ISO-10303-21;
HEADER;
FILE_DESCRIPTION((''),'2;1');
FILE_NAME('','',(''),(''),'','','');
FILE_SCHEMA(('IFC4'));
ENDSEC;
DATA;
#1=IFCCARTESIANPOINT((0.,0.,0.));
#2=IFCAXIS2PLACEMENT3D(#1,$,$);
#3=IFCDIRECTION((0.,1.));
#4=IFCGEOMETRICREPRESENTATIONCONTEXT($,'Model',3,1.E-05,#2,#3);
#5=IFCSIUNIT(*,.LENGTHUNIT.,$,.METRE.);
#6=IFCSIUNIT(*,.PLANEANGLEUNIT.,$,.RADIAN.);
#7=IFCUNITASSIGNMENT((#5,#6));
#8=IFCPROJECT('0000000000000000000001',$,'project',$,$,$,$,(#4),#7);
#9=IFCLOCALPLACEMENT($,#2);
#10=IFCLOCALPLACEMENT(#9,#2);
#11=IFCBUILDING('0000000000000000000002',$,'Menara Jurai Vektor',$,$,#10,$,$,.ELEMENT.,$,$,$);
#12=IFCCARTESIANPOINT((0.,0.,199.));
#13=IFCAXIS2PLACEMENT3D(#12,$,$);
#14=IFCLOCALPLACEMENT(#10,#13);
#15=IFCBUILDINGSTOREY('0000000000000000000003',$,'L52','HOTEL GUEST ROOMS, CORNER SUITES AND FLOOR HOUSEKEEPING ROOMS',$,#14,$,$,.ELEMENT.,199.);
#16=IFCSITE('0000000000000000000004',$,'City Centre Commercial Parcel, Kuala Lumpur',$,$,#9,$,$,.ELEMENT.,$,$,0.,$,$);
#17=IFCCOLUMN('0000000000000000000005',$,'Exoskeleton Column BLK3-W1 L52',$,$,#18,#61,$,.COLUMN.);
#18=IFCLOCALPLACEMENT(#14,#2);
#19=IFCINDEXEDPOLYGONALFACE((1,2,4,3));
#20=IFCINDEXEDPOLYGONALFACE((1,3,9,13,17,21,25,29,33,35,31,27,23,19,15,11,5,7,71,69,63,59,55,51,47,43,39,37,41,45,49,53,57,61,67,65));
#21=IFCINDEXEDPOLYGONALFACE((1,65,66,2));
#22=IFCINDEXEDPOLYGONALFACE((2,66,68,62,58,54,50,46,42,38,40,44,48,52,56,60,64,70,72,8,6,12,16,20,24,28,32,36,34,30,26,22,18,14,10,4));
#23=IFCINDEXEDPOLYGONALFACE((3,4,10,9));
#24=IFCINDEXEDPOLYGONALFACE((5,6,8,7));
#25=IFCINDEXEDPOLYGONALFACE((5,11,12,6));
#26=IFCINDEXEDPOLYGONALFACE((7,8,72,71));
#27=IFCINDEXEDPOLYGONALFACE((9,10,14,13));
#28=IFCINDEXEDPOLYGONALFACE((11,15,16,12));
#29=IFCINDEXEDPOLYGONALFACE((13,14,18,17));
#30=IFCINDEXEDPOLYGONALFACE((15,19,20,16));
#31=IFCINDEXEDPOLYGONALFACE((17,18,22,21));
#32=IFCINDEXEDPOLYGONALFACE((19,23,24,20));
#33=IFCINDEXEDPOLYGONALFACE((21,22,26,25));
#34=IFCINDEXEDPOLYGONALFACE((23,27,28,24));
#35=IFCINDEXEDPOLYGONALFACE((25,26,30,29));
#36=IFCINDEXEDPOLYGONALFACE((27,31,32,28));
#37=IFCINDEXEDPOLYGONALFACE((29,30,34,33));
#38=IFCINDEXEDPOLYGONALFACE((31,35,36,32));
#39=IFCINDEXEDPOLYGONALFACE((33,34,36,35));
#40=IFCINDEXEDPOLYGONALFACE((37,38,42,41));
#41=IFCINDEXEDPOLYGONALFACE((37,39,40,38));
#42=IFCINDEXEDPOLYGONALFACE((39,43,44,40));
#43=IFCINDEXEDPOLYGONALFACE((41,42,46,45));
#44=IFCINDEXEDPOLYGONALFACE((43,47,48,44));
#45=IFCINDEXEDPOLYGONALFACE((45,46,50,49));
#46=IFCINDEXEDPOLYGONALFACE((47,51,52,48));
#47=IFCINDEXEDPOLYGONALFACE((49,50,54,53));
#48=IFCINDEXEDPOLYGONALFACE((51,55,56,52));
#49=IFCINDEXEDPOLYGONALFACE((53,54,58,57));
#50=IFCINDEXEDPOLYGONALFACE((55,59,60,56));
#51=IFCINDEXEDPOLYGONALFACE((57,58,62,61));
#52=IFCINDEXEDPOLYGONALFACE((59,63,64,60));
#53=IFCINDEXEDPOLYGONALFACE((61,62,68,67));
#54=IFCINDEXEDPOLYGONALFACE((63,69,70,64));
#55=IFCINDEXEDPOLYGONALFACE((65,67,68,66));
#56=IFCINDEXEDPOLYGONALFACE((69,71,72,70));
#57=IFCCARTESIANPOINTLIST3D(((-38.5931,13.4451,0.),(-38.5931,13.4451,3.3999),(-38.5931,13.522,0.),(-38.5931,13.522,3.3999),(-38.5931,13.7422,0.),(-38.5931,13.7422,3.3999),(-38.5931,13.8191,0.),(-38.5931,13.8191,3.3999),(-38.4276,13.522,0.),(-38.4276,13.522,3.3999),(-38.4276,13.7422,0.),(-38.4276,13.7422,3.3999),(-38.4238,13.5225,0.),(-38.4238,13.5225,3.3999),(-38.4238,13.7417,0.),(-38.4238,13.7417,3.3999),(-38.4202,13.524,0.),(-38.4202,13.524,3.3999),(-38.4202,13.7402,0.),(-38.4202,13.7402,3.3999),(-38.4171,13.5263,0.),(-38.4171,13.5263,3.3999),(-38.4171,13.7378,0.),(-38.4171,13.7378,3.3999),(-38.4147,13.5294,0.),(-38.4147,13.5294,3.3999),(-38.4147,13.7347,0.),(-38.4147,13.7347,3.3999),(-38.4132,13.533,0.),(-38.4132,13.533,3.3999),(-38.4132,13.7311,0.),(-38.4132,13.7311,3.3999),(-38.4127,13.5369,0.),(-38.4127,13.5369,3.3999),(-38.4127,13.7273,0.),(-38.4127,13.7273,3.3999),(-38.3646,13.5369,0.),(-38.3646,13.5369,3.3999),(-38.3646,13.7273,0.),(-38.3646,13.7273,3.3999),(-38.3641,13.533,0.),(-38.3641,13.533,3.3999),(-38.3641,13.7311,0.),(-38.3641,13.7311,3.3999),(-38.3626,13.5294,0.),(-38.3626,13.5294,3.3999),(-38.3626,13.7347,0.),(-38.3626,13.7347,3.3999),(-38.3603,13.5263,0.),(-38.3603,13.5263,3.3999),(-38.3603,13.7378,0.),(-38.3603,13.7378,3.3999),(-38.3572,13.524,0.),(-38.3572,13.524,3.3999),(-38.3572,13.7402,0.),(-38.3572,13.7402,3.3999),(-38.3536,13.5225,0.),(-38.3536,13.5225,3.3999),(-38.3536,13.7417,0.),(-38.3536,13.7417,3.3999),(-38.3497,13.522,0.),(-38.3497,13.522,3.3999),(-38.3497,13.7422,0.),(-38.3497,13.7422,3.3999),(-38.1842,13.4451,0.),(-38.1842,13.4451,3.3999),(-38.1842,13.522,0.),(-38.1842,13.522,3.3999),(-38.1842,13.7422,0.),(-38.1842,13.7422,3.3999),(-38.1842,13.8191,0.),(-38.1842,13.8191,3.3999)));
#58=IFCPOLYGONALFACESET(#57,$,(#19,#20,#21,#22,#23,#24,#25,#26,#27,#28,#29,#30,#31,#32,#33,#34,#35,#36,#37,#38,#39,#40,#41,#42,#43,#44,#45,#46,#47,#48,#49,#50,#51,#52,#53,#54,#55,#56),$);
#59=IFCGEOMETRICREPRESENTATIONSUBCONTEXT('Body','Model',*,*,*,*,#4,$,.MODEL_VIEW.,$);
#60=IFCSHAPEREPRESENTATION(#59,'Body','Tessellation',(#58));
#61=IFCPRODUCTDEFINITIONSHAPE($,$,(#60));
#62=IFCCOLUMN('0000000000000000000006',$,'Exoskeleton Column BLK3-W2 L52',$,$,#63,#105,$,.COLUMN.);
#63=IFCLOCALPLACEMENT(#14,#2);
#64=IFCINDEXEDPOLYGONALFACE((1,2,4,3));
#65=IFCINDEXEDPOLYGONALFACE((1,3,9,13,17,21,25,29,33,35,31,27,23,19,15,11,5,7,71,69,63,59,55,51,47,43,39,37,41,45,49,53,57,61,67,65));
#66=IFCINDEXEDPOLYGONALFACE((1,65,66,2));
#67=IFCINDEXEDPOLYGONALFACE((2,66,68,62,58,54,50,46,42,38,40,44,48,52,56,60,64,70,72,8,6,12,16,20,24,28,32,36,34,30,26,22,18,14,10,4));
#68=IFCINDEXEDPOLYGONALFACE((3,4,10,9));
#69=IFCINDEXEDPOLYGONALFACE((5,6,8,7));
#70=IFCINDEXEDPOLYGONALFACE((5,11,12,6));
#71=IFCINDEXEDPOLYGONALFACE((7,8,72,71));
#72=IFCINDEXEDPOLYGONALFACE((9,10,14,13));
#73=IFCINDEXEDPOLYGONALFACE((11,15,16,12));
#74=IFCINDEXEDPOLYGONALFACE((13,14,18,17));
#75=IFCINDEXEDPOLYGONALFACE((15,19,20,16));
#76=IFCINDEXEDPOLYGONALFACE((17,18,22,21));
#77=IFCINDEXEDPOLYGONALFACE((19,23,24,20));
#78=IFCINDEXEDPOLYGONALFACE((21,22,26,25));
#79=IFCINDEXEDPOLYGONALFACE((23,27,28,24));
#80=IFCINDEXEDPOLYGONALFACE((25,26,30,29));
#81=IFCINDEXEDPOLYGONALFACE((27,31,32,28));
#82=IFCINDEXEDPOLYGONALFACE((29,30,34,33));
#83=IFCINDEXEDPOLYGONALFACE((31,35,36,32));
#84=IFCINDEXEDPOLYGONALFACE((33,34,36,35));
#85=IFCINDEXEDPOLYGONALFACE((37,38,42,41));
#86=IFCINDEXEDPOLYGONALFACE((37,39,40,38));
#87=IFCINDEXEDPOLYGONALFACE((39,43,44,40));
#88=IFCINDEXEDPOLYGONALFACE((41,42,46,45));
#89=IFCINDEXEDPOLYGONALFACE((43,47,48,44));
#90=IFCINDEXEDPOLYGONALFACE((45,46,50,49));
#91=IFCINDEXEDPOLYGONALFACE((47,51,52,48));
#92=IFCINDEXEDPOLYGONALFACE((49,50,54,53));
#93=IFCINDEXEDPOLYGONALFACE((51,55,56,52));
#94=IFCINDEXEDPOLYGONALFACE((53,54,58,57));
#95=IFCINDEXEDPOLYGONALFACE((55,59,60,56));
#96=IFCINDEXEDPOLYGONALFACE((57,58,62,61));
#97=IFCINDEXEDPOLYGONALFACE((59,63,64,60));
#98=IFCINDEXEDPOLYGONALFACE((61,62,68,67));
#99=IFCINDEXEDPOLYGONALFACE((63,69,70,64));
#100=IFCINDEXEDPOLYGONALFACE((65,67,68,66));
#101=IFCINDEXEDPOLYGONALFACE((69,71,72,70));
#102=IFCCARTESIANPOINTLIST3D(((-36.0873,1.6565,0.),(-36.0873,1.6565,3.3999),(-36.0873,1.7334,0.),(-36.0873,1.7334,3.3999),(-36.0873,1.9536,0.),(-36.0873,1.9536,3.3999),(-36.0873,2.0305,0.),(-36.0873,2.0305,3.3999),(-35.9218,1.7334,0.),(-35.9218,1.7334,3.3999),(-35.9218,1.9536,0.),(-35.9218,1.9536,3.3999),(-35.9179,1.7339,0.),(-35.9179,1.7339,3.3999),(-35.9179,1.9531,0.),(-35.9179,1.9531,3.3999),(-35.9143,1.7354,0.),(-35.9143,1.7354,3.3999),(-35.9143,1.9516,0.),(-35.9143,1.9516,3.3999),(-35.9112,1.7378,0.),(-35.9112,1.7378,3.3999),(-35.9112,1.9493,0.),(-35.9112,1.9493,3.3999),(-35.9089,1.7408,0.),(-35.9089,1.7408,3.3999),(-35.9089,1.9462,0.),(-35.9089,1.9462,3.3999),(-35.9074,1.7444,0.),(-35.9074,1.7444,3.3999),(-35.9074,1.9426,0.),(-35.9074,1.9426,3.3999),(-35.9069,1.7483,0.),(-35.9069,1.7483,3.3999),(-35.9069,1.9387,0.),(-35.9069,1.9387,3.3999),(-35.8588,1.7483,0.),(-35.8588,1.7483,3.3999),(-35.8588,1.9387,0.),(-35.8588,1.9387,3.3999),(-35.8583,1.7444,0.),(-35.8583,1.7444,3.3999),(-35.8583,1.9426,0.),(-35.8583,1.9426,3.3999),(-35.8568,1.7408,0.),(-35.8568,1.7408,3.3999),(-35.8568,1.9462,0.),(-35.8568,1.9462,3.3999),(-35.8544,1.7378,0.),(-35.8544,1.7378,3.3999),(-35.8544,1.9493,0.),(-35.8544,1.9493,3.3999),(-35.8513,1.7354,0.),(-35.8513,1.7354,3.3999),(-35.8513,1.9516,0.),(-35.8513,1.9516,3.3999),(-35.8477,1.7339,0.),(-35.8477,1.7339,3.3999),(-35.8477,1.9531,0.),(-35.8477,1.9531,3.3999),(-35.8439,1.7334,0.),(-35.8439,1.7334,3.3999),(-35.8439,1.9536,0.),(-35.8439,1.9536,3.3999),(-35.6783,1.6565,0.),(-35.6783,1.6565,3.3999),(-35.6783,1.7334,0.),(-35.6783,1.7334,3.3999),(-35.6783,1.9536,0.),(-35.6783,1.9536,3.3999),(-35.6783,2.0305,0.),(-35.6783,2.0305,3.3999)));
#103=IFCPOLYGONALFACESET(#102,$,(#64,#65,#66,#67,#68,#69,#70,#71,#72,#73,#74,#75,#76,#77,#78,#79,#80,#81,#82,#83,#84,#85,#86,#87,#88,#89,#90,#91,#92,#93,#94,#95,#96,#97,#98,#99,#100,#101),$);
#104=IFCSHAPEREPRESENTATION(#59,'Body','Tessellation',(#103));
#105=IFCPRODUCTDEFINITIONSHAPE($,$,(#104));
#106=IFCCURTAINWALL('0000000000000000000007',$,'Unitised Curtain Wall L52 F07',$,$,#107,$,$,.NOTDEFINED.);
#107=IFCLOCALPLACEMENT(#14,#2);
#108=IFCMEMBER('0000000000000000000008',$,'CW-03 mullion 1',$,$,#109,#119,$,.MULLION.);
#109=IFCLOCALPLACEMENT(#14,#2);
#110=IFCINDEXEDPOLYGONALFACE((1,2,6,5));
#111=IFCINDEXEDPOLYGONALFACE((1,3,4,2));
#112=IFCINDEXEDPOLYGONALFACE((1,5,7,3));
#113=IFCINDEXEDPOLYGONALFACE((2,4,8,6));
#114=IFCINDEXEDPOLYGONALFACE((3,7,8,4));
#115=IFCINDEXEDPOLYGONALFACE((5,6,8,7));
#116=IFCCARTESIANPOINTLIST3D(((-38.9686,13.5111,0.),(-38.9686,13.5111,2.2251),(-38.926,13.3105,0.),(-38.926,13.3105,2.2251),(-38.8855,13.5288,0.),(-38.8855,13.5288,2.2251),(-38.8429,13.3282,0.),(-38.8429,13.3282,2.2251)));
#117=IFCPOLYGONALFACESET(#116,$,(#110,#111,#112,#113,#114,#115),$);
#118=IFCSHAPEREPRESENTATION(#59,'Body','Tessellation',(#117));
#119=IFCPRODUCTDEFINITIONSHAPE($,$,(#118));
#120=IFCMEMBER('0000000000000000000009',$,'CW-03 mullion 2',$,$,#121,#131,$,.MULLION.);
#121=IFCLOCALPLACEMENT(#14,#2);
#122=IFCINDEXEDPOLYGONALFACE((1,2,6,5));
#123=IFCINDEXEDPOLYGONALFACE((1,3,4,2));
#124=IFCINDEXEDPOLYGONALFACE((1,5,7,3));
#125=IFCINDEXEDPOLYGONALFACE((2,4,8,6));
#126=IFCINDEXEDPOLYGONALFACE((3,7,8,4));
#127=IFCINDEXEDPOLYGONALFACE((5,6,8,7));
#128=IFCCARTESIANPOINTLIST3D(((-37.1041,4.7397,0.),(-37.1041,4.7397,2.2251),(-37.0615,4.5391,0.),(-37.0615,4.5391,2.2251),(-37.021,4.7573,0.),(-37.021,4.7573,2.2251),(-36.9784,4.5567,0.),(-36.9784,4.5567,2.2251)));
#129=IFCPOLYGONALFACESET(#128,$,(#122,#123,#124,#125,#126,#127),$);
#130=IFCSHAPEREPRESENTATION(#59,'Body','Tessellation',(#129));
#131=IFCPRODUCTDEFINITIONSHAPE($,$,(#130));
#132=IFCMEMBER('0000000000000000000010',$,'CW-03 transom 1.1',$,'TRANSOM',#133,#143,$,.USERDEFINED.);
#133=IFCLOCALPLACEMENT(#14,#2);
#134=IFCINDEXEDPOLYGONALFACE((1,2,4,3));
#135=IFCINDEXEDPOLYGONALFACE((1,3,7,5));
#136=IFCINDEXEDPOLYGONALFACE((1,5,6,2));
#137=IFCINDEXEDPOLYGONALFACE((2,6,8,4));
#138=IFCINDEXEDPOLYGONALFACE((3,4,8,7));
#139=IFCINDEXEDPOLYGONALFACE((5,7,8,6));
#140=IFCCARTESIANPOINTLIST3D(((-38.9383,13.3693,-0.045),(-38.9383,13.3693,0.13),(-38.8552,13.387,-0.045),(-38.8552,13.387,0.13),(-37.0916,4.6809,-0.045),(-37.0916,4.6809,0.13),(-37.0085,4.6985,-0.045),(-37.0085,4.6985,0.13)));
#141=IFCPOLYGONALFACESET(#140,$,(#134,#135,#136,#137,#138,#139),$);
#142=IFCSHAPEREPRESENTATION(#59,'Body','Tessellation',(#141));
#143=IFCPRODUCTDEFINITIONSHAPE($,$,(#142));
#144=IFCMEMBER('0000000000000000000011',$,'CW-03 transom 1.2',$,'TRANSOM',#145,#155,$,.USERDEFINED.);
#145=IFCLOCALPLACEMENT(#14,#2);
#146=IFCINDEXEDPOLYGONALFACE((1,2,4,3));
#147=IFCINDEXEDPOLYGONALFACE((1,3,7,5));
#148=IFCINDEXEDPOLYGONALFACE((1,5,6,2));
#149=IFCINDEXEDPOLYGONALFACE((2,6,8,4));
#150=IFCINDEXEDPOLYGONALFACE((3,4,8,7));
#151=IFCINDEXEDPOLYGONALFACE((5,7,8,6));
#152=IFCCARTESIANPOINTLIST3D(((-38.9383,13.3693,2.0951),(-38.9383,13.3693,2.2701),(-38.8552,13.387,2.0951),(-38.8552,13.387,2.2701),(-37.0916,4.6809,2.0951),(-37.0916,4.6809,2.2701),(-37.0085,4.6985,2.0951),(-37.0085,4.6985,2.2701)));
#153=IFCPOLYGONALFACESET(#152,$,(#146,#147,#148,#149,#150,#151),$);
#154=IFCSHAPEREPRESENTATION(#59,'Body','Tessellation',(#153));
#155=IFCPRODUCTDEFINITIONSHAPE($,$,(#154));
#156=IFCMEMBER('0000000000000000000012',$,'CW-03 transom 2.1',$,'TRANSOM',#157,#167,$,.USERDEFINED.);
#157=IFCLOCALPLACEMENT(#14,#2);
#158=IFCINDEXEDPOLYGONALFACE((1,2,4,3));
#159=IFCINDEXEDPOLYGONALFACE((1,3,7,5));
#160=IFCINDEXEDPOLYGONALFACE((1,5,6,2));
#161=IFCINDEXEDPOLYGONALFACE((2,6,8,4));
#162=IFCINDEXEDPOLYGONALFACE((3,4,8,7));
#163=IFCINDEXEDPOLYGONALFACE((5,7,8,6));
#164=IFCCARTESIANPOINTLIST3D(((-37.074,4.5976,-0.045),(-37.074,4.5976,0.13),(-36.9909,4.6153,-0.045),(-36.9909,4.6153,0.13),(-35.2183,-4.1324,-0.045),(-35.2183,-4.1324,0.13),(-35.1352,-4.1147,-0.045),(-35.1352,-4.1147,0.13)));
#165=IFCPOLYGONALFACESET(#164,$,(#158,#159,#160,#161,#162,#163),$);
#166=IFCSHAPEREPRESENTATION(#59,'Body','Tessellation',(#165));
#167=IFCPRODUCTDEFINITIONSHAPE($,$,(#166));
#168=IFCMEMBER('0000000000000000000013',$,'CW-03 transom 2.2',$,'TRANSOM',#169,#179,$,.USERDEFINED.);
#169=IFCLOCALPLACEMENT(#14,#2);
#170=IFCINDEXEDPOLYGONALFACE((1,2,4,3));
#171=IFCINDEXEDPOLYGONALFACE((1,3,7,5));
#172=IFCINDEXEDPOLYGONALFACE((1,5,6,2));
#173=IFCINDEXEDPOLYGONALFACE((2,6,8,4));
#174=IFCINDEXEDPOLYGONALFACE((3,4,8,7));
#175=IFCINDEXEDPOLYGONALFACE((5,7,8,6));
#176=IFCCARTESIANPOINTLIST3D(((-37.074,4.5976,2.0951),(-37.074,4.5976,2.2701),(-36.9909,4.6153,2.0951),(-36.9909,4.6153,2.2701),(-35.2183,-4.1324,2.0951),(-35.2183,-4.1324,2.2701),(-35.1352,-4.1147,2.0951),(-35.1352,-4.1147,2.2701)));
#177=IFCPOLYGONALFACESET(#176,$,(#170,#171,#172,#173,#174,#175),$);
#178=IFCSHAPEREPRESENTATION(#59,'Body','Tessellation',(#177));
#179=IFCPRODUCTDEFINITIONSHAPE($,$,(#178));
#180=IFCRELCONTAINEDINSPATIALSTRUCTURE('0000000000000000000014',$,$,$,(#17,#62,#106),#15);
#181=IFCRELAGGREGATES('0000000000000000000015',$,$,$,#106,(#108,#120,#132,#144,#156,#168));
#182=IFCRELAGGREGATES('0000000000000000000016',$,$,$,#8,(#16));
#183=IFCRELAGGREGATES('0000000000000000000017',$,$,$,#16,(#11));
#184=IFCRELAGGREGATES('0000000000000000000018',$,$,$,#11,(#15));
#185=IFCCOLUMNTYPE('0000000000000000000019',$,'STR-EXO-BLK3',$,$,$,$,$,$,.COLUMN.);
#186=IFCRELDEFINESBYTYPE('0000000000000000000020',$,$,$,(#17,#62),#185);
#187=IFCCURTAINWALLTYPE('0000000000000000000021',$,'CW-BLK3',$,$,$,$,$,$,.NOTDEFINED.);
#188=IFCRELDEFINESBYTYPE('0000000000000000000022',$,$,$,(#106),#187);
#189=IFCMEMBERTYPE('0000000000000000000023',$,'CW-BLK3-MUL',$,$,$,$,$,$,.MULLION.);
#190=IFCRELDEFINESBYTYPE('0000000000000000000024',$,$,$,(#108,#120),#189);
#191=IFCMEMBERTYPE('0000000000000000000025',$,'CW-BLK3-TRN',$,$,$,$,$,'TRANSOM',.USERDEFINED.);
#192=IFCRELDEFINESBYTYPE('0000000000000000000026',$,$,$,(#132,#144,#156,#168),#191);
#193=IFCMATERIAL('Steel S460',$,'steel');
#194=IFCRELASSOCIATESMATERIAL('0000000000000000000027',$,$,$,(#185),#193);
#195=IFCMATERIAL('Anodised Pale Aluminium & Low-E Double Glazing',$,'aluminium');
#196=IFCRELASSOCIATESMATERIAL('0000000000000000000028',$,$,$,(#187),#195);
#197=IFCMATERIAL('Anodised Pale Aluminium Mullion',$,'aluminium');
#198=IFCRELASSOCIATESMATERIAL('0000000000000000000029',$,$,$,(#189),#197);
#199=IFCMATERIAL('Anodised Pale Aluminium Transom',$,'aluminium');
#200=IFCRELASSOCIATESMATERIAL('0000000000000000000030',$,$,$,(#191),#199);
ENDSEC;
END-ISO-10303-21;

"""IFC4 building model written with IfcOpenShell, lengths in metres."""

from ifc_helpers import new_model, si_unit, direction, frame, origin, origin_2d, place, context, subcontext, project, spatial, rectangle, i_section, extrude, material, material_profile, profile_set, type_object, element, aggregate, save


model = new_model("IFC4")

# Units and contexts
model_context = context("Model", 3, precision=1e-05, world=origin(), true_north=direction((0.0, 1.0)))
body_context = subcontext(model_context, "Body", "Model", "MODEL_VIEW")
ifc_project = project(units=[si_unit("LENGTHUNIT", "METRE"), si_unit("PLANEANGLEUNIT", "RADIAN")], contexts=[model_context])

# Site, building, storey
site_placement = place(None, origin())
site = spatial("IfcSite", under=ifc_project, at=site_placement, Name="City Centre Commercial Parcel, Kuala Lumpur", CompositionType="ELEMENT", RefElevation=0.0)
building_placement = place(site_placement, origin())
building = spatial("IfcBuilding", under=site, at=building_placement, Name="Menara Jurai Vektor", CompositionType="ELEMENT")
storey_placement = place(building_placement, frame((0.0, 0.0, 199.0)))
storey = spatial("IfcBuildingStorey", under=building, at=storey_placement, Name="L52", Description="HOTEL GUEST ROOMS, CORNER SUITES AND FLOOR HOUSEKEEPING ROOMS", CompositionType="ELEMENT", Elevation=199.0)

# Columns
ifc_material_1 = material(Name="Steel S460", Category="steel")
ifc_material_profile_1 = material_profile(ifc_material_1, i_section(OverallWidth=0.4089, OverallDepth=0.374, WebThickness=0.0481, FlangeThickness=0.0769, FilletRadius=0.0149, at=origin_2d()), Name="HD 400x634")
ifc_profile_set_1 = profile_set([ifc_material_profile_1], Name="Steel S460")
column_type = type_object("IfcColumnType", Name="STR-EXO-BLK3", PredefinedType="COLUMN", material=ifc_profile_set_1)
for number, where, z_axis, x_axis, name in (
    (1, (-38.3887, 13.6321, 0.0), (0.0, 0.0, 1.0), (1.0, 0.0, 0.0), "Exoskeleton Column BLK3-W1 L52"),
    (2, (-35.8828, 1.8435, 0.0), (0.0, 0.0, 1.0), (1.0, 0.0, 0.0), "Exoskeleton Column BLK3-W2 L52"),
):
    element("IfcColumn", number, at=place(storey_placement, frame(where, z_axis=z_axis, x_axis=x_axis)), inside=storey, type_object=column_type, Name=name, PredefinedType="COLUMN", context=body_context, shape_type="SweptSolid", body=[
        extrude(i_section(OverallWidth=0.4089, OverallDepth=0.374, WebThickness=0.0481, FlangeThickness=0.0769, FilletRadius=0.0149, at=origin_2d()), origin(), (0.0, 0.0, 1.0), 3.3999),
    ])

# Curtain wall, members
ifc_material_2 = material(Name="Anodised Pale Aluminium & Low-E Double Glazing", Category="aluminium")
curtain_wall_type = type_object("IfcCurtainWallType", Name="CW-BLK3", PredefinedType="NOTDEFINED", material=ifc_material_2)
curtain_wall_placement = place(storey_placement, origin())
curtain_wall = element("IfcCurtainWall", 3, at=curtain_wall_placement, inside=storey, type_object=curtain_wall_type, Name="Unitised Curtain Wall L52 F07", PredefinedType="NOTDEFINED")
ifc_material_3 = material(Name="Anodised Pale Aluminium Mullion", Category="aluminium")
ifc_material_profile_2 = material_profile(ifc_material_3, rectangle(XDim=0.085, YDim=0.2051, at=origin_2d()), Name="ALU MUL 85x205")
ifc_profile_set_2 = profile_set([ifc_material_profile_2], Name="Anodised Pale Aluminium Mullion")
member_type_1 = type_object("IfcMemberType", Name="CW-BLK3-MUL", PredefinedType="MULLION", material=ifc_profile_set_2)
member_1_placement = place(storey_placement, frame((-38.9058, 13.4197, 0.0), z_axis=(0.0, 0.0, 1.0), x_axis=(0.978148, 0.20791, 0.0)))
member_1 = element("IfcMember", 4, at=member_1_placement, type_object=member_type_1, Name="CW-03 mullion 1", PredefinedType="MULLION", context=body_context, shape_type="SweptSolid", body=[
    extrude(rectangle(XDim=0.085, YDim=0.2051, at=origin_2d()), origin(), (0.0, 0.0, 1.0), 2.2251),
])
member_2_placement = place(storey_placement, frame((-37.0413, 4.6482, 0.0), z_axis=(0.0, 0.0, 1.0), x_axis=(0.978148, 0.20791, 0.0)))
member_2 = element("IfcMember", 5, at=member_2_placement, type_object=member_type_1, Name="CW-03 mullion 2", PredefinedType="MULLION", context=body_context, shape_type="SweptSolid", body=[
    extrude(rectangle(XDim=0.085, YDim=0.2051, at=origin_2d()), origin(), (0.0, 0.0, 1.0), 2.2251),
])
ifc_material_4 = material(Name="Anodised Pale Aluminium Transom", Category="aluminium")
ifc_material_profile_3 = material_profile(ifc_material_4, rectangle(XDim=0.085, YDim=0.175, at=origin_2d()), Name="ALU TRN 85x175")
ifc_profile_set_3 = profile_set([ifc_material_profile_3], Name="Anodised Pale Aluminium Transom")
member_type_2 = type_object("IfcMemberType", Name="CW-BLK3-TRN", ElementType="TRANSOM", PredefinedType="USERDEFINED", material=ifc_profile_set_3)
member_3_placement = place(storey_placement, frame((-38.8967, 13.3782, 0.0425), z_axis=(0.2079, -0.97815, 0.0), x_axis=(0.97815, 0.2079, 0.0)))
member_3 = element("IfcMember", 6, at=member_3_placement, type_object=member_type_2, Name="CW-03 transom 1.1", ObjectType="TRANSOM", PredefinedType="USERDEFINED", context=body_context, shape_type="SweptSolid", body=[
    extrude(rectangle(XDim=0.085, YDim=0.175, at=origin_2d()), origin(), (0.0, 0.0, 1.0), 8.8826),
])
member_4_placement = place(storey_placement, frame((-38.8967, 13.3782, 2.1826), z_axis=(0.2079, -0.97815, 0.0), x_axis=(0.97815, 0.2079, 0.0)))
member_4 = element("IfcMember", 7, at=member_4_placement, type_object=member_type_2, Name="CW-03 transom 1.2", ObjectType="TRANSOM", PredefinedType="USERDEFINED", context=body_context, shape_type="SweptSolid", body=[
    extrude(rectangle(XDim=0.085, YDim=0.175, at=origin_2d()), origin(), (0.0, 0.0, 1.0), 8.8826),
])
member_5_placement = place(storey_placement, frame((-37.0325, 4.6064, 0.0425), z_axis=(0.207922, -0.978145, 0.0), x_axis=(0.978145, 0.207922, 0.0)))
member_5 = element("IfcMember", 8, at=member_5_placement, type_object=member_type_2, Name="CW-03 transom 2.1", ObjectType="TRANSOM", PredefinedType="USERDEFINED", context=body_context, shape_type="SweptSolid", body=[
    extrude(rectangle(XDim=0.085, YDim=0.175, at=origin_2d()), origin(), (0.0, 0.0, 1.0), 8.925),
])
member_6_placement = place(storey_placement, frame((-37.0325, 4.6064, 2.1826), z_axis=(0.207922, -0.978145, 0.0), x_axis=(0.978145, 0.207922, 0.0)))
member_6 = element("IfcMember", 9, at=member_6_placement, type_object=member_type_2, Name="CW-03 transom 2.2", ObjectType="TRANSOM", PredefinedType="USERDEFINED", context=body_context, shape_type="SweptSolid", body=[
    extrude(rectangle(XDim=0.085, YDim=0.175, at=origin_2d()), origin(), (0.0, 0.0, 1.0), 8.925),
])

aggregate(curtain_wall, [member_1, member_2, member_3, member_4, member_5, member_6])

save(model, "model.ifc")
